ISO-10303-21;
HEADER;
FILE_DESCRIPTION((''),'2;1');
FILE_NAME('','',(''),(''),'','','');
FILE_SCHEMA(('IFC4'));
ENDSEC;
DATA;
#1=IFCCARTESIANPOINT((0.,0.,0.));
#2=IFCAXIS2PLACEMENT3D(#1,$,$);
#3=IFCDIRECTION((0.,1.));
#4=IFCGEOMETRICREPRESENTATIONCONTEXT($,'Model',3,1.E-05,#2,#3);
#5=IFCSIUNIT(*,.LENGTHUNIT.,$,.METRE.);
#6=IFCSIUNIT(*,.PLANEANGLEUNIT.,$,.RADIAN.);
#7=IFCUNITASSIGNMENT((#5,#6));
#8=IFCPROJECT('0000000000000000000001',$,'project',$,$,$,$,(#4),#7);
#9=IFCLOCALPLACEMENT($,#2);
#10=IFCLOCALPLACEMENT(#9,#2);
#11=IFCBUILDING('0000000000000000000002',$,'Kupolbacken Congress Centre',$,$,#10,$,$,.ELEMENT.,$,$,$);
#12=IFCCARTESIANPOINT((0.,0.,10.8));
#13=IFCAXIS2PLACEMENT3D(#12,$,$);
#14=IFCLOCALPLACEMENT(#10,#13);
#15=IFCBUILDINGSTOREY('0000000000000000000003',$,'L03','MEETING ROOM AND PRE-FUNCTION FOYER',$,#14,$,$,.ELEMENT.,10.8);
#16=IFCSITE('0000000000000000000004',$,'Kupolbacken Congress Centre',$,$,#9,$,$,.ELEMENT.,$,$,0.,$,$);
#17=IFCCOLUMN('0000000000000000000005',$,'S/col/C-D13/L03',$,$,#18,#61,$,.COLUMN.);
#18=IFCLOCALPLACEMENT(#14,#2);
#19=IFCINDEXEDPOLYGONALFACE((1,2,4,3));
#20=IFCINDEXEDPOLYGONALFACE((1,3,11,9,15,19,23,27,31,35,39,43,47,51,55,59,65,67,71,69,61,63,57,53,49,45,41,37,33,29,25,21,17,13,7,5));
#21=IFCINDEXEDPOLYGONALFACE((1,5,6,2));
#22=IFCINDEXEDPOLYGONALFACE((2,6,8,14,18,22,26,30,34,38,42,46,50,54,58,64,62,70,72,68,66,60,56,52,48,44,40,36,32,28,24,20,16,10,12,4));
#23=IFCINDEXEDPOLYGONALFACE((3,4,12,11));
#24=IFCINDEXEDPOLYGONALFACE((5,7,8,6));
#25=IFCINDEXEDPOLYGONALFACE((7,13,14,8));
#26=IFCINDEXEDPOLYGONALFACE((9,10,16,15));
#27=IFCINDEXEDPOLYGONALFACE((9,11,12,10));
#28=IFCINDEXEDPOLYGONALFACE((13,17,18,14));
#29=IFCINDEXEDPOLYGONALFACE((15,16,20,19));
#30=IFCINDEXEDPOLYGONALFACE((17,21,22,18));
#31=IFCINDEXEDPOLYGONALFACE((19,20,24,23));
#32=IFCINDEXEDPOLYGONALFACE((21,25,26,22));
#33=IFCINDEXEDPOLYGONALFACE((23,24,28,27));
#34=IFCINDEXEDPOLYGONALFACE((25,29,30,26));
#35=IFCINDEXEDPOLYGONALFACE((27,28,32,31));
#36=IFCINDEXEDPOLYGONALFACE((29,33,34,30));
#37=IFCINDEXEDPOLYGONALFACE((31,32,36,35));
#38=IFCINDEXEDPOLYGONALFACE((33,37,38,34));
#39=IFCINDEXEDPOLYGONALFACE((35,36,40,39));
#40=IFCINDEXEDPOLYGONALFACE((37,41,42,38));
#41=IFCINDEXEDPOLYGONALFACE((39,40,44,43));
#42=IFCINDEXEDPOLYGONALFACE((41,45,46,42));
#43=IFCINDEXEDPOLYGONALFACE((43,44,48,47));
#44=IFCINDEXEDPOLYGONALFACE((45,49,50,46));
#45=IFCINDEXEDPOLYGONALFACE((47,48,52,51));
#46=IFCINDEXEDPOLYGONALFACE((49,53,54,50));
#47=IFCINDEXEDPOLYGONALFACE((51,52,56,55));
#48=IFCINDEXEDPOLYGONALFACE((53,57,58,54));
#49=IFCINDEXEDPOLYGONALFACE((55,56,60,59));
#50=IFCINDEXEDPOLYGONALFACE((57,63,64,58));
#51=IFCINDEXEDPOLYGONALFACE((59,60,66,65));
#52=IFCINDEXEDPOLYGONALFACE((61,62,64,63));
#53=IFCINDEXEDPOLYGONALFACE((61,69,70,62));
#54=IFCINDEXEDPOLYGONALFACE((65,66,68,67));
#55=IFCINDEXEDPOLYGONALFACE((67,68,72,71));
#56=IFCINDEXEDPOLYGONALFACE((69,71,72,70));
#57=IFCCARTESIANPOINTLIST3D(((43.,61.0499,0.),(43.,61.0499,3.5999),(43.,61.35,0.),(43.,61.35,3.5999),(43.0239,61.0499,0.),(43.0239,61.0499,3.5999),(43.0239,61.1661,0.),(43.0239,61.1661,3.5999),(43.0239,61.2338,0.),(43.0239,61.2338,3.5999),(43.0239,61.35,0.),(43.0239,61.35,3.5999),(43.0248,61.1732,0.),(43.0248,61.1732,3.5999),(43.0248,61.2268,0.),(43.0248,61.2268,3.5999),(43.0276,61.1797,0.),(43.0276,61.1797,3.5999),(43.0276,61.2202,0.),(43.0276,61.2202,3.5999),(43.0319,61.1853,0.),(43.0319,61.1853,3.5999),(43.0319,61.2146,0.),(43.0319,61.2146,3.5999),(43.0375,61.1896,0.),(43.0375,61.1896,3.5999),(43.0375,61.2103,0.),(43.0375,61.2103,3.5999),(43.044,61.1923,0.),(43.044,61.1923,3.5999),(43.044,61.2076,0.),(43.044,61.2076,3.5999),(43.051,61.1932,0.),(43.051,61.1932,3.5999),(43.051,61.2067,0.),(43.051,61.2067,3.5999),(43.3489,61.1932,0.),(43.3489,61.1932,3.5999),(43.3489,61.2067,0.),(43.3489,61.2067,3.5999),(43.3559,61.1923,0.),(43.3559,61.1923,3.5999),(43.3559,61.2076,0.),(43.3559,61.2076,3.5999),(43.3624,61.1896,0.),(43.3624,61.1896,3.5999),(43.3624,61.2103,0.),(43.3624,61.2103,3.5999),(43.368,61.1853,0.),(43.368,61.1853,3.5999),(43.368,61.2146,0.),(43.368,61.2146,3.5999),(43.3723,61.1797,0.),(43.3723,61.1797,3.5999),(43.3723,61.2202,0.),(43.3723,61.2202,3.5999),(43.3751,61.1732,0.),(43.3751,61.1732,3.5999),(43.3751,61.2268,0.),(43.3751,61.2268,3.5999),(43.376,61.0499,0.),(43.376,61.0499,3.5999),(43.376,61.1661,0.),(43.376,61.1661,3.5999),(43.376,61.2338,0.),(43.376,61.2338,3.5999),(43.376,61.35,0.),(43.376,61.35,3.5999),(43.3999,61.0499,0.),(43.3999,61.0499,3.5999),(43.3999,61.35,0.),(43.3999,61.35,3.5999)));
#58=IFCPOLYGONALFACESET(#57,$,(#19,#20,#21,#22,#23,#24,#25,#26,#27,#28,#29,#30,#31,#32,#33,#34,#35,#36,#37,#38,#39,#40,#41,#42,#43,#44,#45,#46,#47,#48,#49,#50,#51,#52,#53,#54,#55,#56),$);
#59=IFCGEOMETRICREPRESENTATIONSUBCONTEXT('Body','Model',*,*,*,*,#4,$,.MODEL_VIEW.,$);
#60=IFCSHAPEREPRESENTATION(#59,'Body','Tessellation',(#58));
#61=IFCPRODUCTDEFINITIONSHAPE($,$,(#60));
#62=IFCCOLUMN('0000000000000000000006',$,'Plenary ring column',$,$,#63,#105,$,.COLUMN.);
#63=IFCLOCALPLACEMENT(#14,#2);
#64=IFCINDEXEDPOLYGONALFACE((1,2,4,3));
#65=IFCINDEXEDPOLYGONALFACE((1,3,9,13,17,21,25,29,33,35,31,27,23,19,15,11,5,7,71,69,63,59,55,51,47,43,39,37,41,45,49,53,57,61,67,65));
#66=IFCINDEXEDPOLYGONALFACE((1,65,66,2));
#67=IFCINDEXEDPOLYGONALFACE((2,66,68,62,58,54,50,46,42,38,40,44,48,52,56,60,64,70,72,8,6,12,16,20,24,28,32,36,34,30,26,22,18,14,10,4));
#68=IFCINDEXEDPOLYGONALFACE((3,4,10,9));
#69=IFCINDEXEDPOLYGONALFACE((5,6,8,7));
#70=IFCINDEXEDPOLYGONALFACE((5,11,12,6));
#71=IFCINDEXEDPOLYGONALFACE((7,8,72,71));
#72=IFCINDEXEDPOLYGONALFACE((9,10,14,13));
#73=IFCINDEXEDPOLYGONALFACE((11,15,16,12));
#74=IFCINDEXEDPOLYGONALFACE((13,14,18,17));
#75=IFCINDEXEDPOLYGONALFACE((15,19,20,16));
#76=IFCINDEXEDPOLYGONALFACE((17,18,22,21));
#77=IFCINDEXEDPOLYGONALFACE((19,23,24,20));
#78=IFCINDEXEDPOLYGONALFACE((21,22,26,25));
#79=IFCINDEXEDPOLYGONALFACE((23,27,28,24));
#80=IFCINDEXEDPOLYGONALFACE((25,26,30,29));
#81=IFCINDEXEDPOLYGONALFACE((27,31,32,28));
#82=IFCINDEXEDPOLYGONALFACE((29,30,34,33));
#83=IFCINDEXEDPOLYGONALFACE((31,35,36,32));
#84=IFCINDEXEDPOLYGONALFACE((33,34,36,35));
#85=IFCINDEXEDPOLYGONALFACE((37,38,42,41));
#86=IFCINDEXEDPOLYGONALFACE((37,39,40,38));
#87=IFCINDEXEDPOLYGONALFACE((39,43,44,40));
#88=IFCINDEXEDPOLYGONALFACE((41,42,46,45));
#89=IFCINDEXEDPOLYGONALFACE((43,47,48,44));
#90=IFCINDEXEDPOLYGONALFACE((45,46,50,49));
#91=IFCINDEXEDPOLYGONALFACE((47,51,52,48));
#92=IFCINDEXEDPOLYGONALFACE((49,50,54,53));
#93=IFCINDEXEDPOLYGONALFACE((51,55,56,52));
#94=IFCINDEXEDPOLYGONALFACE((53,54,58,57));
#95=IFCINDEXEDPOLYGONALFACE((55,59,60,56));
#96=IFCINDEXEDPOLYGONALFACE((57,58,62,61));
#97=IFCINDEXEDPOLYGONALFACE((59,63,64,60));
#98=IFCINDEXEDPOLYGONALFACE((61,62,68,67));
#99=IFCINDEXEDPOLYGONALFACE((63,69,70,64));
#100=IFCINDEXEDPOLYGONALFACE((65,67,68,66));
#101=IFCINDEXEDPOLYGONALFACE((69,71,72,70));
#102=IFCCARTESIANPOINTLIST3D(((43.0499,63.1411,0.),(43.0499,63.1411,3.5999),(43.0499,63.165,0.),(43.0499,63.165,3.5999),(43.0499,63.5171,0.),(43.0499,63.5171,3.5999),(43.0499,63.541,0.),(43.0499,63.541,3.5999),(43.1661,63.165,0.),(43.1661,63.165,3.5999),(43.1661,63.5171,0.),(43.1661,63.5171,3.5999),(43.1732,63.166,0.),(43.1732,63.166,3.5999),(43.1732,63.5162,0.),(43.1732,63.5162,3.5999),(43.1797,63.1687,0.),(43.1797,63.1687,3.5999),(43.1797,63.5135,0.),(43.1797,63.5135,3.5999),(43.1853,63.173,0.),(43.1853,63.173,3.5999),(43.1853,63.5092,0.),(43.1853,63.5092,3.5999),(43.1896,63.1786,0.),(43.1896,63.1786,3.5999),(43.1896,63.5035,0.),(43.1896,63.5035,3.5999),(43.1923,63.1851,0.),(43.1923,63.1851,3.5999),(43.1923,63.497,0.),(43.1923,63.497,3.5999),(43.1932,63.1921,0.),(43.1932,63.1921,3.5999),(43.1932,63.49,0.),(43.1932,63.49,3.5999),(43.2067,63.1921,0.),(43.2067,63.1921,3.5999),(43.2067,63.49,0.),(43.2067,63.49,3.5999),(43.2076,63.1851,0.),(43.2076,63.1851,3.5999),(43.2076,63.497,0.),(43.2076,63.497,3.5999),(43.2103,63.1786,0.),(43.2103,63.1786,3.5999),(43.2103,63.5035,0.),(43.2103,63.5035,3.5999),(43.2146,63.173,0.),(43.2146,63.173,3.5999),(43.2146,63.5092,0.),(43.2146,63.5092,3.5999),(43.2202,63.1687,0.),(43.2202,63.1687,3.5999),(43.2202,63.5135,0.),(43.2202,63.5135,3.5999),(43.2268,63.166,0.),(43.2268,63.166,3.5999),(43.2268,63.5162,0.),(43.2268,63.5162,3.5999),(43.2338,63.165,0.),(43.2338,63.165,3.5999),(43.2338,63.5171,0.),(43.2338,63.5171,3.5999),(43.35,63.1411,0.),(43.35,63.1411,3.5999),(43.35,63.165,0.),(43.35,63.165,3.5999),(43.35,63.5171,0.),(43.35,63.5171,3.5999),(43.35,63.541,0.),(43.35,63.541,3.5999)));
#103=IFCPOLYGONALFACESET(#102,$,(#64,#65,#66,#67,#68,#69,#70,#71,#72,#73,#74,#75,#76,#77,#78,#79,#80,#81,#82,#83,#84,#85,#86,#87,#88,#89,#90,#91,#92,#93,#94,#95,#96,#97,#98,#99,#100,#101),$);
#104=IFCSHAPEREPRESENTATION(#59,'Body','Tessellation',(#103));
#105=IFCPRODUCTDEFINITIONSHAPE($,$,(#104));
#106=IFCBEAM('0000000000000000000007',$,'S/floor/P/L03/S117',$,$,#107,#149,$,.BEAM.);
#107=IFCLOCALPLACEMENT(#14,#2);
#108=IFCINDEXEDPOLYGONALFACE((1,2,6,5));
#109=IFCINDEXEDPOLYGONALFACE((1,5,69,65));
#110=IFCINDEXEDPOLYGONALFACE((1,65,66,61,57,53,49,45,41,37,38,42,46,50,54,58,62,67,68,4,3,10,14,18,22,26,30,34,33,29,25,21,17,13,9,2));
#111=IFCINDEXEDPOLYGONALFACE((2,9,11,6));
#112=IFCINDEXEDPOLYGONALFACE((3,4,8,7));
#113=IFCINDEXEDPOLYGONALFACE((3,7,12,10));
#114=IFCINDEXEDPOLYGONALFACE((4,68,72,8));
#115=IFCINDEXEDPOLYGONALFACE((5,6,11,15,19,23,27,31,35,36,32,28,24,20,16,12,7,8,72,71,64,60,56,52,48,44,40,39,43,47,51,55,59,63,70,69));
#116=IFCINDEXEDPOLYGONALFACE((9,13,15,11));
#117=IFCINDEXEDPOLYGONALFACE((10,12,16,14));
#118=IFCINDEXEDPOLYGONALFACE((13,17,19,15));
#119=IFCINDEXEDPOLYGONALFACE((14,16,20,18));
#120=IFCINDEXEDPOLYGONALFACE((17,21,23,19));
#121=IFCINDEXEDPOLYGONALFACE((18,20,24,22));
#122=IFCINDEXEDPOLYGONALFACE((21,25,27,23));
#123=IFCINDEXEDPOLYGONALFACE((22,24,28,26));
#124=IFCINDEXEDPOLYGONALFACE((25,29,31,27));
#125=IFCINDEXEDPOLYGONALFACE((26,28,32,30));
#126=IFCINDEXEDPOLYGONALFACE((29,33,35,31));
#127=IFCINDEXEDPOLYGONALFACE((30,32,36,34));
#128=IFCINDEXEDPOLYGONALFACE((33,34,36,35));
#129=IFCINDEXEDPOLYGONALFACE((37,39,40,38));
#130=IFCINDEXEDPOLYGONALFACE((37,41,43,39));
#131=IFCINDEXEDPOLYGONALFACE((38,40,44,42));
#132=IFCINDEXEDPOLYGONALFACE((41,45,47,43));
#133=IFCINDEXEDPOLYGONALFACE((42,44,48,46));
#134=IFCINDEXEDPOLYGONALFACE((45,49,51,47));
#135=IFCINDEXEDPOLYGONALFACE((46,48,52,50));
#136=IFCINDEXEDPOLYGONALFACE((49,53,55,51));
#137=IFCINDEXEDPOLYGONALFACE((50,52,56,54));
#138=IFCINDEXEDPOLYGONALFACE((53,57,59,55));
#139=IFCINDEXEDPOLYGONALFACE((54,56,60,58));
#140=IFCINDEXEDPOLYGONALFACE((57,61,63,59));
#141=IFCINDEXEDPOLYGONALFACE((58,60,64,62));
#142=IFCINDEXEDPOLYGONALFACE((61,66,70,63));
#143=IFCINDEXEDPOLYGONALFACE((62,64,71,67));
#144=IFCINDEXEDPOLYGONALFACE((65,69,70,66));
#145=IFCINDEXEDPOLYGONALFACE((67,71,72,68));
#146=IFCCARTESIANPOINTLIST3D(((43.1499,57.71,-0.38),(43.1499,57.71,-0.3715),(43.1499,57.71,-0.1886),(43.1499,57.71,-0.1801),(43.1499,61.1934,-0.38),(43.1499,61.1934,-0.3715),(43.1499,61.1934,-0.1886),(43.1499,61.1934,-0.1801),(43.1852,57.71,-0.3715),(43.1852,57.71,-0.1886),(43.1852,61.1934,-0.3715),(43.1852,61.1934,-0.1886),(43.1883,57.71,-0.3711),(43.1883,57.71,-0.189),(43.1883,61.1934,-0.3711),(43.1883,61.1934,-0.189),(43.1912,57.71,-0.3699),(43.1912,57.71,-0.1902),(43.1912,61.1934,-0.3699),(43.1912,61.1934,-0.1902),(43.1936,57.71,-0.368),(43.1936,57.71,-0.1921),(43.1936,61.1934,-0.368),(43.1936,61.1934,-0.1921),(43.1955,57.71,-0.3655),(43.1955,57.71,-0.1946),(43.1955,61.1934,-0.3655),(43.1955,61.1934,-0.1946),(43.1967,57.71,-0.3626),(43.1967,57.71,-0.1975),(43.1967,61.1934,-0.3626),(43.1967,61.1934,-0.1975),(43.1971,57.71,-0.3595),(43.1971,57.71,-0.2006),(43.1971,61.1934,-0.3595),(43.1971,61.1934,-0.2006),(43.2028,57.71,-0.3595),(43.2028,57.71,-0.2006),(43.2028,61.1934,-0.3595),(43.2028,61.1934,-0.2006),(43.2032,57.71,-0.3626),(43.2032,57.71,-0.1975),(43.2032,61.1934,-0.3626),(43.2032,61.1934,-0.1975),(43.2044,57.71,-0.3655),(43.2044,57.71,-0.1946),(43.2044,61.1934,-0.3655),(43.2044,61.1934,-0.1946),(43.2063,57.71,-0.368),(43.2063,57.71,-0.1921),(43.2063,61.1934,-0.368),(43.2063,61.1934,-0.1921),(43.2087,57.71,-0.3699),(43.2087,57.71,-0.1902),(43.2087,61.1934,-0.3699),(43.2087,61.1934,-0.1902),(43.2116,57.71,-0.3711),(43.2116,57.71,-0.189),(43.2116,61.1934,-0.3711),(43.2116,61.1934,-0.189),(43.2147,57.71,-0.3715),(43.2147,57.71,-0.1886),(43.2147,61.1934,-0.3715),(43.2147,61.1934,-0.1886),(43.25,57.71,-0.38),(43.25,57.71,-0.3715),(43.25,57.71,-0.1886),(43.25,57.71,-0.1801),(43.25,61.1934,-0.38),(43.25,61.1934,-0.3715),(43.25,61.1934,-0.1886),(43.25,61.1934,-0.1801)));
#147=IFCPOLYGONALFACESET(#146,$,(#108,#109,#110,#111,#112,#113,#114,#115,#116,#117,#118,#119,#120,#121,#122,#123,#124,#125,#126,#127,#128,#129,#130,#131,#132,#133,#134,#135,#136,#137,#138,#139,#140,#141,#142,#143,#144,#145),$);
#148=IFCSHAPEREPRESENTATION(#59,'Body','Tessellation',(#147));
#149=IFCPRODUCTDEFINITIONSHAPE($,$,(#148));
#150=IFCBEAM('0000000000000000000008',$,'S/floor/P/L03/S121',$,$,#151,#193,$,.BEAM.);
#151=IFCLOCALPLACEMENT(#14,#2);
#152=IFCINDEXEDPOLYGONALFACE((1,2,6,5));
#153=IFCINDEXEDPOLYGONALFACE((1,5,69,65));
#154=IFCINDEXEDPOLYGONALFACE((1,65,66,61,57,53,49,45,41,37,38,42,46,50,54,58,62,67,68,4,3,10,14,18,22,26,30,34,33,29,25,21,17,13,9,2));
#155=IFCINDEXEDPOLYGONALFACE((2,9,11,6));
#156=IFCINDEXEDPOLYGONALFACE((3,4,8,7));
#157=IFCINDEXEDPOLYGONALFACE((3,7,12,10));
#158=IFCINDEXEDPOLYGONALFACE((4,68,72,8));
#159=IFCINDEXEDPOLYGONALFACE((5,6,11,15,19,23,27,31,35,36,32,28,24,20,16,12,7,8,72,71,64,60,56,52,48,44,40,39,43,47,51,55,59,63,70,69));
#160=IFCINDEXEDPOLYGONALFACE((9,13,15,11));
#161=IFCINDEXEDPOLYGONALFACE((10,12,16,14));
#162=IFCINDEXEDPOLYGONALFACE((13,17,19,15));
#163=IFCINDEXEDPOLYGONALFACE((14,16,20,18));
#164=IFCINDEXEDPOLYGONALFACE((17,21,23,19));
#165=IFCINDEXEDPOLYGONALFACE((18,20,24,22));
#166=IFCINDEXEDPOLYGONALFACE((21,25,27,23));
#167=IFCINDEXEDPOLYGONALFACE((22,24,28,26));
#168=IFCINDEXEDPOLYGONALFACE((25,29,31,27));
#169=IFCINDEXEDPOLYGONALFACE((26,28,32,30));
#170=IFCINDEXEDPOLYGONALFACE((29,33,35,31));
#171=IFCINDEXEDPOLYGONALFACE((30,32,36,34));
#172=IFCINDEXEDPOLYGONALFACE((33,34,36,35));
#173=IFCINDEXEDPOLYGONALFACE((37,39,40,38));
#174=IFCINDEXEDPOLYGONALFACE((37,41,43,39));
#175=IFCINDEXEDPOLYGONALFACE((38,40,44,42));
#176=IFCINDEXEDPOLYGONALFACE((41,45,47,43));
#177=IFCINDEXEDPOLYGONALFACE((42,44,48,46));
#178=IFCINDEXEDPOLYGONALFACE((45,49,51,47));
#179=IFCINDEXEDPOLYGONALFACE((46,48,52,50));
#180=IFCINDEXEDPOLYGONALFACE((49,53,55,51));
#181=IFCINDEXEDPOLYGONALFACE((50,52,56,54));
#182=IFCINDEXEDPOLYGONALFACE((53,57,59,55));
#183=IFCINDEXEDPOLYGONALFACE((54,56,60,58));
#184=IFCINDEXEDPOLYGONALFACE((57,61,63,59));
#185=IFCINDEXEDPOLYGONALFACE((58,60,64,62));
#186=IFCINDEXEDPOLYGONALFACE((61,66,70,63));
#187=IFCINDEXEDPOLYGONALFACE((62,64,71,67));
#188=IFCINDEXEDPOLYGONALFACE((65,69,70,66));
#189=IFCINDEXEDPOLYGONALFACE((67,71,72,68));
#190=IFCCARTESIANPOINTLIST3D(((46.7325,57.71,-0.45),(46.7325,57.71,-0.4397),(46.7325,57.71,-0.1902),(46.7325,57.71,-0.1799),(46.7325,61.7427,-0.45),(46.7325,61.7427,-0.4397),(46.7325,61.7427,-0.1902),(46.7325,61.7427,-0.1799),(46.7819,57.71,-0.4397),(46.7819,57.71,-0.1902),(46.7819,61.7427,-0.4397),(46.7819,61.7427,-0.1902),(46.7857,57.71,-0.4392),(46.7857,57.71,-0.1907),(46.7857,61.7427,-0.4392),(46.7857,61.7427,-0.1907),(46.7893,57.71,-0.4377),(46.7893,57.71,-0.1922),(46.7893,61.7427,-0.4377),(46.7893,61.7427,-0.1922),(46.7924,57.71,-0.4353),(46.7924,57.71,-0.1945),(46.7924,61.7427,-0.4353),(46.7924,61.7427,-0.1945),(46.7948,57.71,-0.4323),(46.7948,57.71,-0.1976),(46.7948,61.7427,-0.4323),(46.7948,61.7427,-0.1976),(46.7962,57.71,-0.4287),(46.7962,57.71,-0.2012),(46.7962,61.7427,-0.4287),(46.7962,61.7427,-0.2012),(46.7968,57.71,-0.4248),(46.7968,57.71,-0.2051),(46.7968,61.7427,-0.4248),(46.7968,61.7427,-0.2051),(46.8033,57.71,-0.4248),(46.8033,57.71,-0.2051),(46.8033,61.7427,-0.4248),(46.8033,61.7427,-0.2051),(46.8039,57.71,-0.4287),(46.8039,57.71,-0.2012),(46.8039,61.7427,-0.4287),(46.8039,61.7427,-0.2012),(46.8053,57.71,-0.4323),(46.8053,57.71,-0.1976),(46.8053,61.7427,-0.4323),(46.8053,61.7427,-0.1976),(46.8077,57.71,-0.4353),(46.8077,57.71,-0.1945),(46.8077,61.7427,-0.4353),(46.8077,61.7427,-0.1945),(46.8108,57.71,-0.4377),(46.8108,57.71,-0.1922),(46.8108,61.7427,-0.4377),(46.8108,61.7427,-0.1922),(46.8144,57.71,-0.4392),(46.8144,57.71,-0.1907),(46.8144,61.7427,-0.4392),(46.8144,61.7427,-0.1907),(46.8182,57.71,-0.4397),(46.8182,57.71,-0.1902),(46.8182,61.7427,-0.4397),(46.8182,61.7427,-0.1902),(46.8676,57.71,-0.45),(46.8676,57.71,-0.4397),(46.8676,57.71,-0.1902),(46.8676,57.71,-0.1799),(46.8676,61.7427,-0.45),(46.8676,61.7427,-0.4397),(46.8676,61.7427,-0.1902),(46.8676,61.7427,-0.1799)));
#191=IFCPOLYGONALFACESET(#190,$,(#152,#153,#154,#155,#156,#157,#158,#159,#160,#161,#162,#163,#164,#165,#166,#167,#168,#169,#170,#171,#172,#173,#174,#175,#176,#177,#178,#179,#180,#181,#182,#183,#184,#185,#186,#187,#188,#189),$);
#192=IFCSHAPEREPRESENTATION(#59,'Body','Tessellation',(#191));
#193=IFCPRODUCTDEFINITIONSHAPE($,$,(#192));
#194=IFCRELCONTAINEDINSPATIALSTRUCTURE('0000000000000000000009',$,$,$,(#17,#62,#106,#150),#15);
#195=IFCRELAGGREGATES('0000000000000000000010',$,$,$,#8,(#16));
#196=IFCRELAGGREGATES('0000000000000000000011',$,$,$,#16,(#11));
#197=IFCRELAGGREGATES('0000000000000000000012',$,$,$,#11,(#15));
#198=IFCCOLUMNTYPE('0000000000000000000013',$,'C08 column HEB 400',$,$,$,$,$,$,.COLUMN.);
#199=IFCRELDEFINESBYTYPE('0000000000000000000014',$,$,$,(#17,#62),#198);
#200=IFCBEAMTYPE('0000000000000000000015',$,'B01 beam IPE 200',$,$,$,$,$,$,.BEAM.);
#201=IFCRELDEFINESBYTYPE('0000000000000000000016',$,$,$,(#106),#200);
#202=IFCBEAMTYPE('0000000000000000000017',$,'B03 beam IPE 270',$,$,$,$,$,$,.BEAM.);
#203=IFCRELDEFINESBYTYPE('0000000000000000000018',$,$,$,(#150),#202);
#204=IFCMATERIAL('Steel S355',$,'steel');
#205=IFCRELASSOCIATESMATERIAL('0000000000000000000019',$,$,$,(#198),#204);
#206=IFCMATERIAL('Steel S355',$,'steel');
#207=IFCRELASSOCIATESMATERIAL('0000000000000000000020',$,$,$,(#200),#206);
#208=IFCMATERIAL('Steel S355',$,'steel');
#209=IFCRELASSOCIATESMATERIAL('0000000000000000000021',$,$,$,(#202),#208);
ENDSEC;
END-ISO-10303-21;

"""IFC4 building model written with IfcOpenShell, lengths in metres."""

from ifc_helpers import new_model, si_unit, direction, frame, origin, origin_2d, place, context, subcontext, project, spatial, i_section, extrude, material, material_profile, profile_set, type_object, element, save


model = new_model("IFC4")

# Units and contexts
model_context = context("Model", 3, precision=1e-05, world=origin(), true_north=direction((0.0, 1.0)))
body_context = subcontext(model_context, "Body", "Model", "MODEL_VIEW")
ifc_project = project(units=[si_unit("LENGTHUNIT", "METRE"), si_unit("PLANEANGLEUNIT", "RADIAN")], contexts=[model_context])

# Site, building, storey
site_placement = place(None, origin())
site = spatial("IfcSite", under=ifc_project, at=site_placement, Name="Kupolbacken Congress Centre", CompositionType="ELEMENT", RefElevation=0.0)
building_placement = place(site_placement, origin())
building = spatial("IfcBuilding", under=site, at=building_placement, Name="Kupolbacken Congress Centre", CompositionType="ELEMENT")
storey_placement = place(building_placement, frame((0.0, 0.0, 10.8)))
storey = spatial("IfcBuildingStorey", under=building, at=storey_placement, Name="L03", Description="MEETING ROOM AND PRE-FUNCTION FOYER", CompositionType="ELEMENT", Elevation=10.8)

# Columns
ifc_material_1 = material(Name="Steel S355", Category="steel")
ifc_material_profile_1 = material_profile(ifc_material_1, i_section(OverallWidth=0.3, OverallDepth=0.3999, WebThickness=0.0134, FlangeThickness=0.0239, FilletRadius=0.0271, at=origin_2d()), Name="HEB 400")
ifc_profile_set_1 = profile_set([ifc_material_profile_1], Name="Steel S355")
column_type = type_object("IfcColumnType", Name="C08 column HEB 400", PredefinedType="COLUMN", material=ifc_profile_set_1)
for number, where, z_axis, x_axis, name in (
    (1, (43.2, 61.2, 0.0), (0.0, 0.0, 1.0), (0.0, -1.0, 0.0), "S/col/C-D13/L03"),
    (2, (43.2, 63.3411, 0.0), (0.0, 0.0, 1.0), (1.0, 0.0, 0.0), "Plenary ring column"),
):
    element("IfcColumn", number, at=place(storey_placement, frame(where, z_axis=z_axis, x_axis=x_axis)), inside=storey, type_object=column_type, Name=name, PredefinedType="COLUMN", context=body_context, shape_type="SweptSolid", body=[
        extrude(i_section(OverallWidth=0.3, OverallDepth=0.3999, WebThickness=0.0134, FlangeThickness=0.0239, FilletRadius=0.0271, at=origin_2d()), origin(), (0.0, 0.0, 1.0), 3.5999),
    ])

# Beams
ifc_material_2 = material(Name="Steel S355", Category="steel")
ifc_material_profile_2 = material_profile(ifc_material_2, i_section(OverallWidth=0.1001, OverallDepth=0.2, WebThickness=0.0056, FlangeThickness=0.0085, FilletRadius=0.012, at=origin_2d()), Name="IPE 200")
ifc_profile_set_2 = profile_set([ifc_material_profile_2], Name="Steel S355")
beam_type_1 = type_object("IfcBeamType", Name="B01 beam IPE 200", PredefinedType="BEAM", material=ifc_profile_set_2)
beam_1_placement = place(storey_placement, frame((43.2, 57.71, -0.28), z_axis=(0.0, 1.0, 0.0), x_axis=(-1.0, 0.0, 0.0)))
element("IfcBeam", 3, at=beam_1_placement, inside=storey, type_object=beam_type_1, Name="S/floor/P/L03/S117", PredefinedType="BEAM", context=body_context, shape_type="SweptSolid", body=[
    extrude(i_section(OverallWidth=0.1001, OverallDepth=0.2, WebThickness=0.0056, FlangeThickness=0.0085, FilletRadius=0.012, at=origin_2d()), origin(), (0.0, 0.0, 1.0), 3.4834),
])
ifc_material_3 = material(Name="Steel S355", Category="steel")
ifc_material_profile_3 = material_profile(ifc_material_3, i_section(OverallWidth=0.135, OverallDepth=0.27, WebThickness=0.0066, FlangeThickness=0.0103, FilletRadius=0.0149, at=origin_2d()), Name="IPE 270")
ifc_profile_set_3 = profile_set([ifc_material_profile_3], Name="Steel S355")
beam_type_2 = type_object("IfcBeamType", Name="B03 beam IPE 270", PredefinedType="BEAM", material=ifc_profile_set_3)
beam_2_placement = place(storey_placement, frame((46.8, 57.71, -0.3149), z_axis=(0.0, 1.0, 0.0), x_axis=(-1.0, 0.0, 0.0)))
element("IfcBeam", 4, at=beam_2_placement, inside=storey, type_object=beam_type_2, Name="S/floor/P/L03/S121", PredefinedType="BEAM", context=body_context, shape_type="SweptSolid", body=[
    extrude(i_section(OverallWidth=0.135, OverallDepth=0.27, WebThickness=0.0066, FlangeThickness=0.0103, FilletRadius=0.0149, at=origin_2d()), origin(), (0.0, 0.0, 1.0), 4.0327),
])

save(model, "model.ifc")
